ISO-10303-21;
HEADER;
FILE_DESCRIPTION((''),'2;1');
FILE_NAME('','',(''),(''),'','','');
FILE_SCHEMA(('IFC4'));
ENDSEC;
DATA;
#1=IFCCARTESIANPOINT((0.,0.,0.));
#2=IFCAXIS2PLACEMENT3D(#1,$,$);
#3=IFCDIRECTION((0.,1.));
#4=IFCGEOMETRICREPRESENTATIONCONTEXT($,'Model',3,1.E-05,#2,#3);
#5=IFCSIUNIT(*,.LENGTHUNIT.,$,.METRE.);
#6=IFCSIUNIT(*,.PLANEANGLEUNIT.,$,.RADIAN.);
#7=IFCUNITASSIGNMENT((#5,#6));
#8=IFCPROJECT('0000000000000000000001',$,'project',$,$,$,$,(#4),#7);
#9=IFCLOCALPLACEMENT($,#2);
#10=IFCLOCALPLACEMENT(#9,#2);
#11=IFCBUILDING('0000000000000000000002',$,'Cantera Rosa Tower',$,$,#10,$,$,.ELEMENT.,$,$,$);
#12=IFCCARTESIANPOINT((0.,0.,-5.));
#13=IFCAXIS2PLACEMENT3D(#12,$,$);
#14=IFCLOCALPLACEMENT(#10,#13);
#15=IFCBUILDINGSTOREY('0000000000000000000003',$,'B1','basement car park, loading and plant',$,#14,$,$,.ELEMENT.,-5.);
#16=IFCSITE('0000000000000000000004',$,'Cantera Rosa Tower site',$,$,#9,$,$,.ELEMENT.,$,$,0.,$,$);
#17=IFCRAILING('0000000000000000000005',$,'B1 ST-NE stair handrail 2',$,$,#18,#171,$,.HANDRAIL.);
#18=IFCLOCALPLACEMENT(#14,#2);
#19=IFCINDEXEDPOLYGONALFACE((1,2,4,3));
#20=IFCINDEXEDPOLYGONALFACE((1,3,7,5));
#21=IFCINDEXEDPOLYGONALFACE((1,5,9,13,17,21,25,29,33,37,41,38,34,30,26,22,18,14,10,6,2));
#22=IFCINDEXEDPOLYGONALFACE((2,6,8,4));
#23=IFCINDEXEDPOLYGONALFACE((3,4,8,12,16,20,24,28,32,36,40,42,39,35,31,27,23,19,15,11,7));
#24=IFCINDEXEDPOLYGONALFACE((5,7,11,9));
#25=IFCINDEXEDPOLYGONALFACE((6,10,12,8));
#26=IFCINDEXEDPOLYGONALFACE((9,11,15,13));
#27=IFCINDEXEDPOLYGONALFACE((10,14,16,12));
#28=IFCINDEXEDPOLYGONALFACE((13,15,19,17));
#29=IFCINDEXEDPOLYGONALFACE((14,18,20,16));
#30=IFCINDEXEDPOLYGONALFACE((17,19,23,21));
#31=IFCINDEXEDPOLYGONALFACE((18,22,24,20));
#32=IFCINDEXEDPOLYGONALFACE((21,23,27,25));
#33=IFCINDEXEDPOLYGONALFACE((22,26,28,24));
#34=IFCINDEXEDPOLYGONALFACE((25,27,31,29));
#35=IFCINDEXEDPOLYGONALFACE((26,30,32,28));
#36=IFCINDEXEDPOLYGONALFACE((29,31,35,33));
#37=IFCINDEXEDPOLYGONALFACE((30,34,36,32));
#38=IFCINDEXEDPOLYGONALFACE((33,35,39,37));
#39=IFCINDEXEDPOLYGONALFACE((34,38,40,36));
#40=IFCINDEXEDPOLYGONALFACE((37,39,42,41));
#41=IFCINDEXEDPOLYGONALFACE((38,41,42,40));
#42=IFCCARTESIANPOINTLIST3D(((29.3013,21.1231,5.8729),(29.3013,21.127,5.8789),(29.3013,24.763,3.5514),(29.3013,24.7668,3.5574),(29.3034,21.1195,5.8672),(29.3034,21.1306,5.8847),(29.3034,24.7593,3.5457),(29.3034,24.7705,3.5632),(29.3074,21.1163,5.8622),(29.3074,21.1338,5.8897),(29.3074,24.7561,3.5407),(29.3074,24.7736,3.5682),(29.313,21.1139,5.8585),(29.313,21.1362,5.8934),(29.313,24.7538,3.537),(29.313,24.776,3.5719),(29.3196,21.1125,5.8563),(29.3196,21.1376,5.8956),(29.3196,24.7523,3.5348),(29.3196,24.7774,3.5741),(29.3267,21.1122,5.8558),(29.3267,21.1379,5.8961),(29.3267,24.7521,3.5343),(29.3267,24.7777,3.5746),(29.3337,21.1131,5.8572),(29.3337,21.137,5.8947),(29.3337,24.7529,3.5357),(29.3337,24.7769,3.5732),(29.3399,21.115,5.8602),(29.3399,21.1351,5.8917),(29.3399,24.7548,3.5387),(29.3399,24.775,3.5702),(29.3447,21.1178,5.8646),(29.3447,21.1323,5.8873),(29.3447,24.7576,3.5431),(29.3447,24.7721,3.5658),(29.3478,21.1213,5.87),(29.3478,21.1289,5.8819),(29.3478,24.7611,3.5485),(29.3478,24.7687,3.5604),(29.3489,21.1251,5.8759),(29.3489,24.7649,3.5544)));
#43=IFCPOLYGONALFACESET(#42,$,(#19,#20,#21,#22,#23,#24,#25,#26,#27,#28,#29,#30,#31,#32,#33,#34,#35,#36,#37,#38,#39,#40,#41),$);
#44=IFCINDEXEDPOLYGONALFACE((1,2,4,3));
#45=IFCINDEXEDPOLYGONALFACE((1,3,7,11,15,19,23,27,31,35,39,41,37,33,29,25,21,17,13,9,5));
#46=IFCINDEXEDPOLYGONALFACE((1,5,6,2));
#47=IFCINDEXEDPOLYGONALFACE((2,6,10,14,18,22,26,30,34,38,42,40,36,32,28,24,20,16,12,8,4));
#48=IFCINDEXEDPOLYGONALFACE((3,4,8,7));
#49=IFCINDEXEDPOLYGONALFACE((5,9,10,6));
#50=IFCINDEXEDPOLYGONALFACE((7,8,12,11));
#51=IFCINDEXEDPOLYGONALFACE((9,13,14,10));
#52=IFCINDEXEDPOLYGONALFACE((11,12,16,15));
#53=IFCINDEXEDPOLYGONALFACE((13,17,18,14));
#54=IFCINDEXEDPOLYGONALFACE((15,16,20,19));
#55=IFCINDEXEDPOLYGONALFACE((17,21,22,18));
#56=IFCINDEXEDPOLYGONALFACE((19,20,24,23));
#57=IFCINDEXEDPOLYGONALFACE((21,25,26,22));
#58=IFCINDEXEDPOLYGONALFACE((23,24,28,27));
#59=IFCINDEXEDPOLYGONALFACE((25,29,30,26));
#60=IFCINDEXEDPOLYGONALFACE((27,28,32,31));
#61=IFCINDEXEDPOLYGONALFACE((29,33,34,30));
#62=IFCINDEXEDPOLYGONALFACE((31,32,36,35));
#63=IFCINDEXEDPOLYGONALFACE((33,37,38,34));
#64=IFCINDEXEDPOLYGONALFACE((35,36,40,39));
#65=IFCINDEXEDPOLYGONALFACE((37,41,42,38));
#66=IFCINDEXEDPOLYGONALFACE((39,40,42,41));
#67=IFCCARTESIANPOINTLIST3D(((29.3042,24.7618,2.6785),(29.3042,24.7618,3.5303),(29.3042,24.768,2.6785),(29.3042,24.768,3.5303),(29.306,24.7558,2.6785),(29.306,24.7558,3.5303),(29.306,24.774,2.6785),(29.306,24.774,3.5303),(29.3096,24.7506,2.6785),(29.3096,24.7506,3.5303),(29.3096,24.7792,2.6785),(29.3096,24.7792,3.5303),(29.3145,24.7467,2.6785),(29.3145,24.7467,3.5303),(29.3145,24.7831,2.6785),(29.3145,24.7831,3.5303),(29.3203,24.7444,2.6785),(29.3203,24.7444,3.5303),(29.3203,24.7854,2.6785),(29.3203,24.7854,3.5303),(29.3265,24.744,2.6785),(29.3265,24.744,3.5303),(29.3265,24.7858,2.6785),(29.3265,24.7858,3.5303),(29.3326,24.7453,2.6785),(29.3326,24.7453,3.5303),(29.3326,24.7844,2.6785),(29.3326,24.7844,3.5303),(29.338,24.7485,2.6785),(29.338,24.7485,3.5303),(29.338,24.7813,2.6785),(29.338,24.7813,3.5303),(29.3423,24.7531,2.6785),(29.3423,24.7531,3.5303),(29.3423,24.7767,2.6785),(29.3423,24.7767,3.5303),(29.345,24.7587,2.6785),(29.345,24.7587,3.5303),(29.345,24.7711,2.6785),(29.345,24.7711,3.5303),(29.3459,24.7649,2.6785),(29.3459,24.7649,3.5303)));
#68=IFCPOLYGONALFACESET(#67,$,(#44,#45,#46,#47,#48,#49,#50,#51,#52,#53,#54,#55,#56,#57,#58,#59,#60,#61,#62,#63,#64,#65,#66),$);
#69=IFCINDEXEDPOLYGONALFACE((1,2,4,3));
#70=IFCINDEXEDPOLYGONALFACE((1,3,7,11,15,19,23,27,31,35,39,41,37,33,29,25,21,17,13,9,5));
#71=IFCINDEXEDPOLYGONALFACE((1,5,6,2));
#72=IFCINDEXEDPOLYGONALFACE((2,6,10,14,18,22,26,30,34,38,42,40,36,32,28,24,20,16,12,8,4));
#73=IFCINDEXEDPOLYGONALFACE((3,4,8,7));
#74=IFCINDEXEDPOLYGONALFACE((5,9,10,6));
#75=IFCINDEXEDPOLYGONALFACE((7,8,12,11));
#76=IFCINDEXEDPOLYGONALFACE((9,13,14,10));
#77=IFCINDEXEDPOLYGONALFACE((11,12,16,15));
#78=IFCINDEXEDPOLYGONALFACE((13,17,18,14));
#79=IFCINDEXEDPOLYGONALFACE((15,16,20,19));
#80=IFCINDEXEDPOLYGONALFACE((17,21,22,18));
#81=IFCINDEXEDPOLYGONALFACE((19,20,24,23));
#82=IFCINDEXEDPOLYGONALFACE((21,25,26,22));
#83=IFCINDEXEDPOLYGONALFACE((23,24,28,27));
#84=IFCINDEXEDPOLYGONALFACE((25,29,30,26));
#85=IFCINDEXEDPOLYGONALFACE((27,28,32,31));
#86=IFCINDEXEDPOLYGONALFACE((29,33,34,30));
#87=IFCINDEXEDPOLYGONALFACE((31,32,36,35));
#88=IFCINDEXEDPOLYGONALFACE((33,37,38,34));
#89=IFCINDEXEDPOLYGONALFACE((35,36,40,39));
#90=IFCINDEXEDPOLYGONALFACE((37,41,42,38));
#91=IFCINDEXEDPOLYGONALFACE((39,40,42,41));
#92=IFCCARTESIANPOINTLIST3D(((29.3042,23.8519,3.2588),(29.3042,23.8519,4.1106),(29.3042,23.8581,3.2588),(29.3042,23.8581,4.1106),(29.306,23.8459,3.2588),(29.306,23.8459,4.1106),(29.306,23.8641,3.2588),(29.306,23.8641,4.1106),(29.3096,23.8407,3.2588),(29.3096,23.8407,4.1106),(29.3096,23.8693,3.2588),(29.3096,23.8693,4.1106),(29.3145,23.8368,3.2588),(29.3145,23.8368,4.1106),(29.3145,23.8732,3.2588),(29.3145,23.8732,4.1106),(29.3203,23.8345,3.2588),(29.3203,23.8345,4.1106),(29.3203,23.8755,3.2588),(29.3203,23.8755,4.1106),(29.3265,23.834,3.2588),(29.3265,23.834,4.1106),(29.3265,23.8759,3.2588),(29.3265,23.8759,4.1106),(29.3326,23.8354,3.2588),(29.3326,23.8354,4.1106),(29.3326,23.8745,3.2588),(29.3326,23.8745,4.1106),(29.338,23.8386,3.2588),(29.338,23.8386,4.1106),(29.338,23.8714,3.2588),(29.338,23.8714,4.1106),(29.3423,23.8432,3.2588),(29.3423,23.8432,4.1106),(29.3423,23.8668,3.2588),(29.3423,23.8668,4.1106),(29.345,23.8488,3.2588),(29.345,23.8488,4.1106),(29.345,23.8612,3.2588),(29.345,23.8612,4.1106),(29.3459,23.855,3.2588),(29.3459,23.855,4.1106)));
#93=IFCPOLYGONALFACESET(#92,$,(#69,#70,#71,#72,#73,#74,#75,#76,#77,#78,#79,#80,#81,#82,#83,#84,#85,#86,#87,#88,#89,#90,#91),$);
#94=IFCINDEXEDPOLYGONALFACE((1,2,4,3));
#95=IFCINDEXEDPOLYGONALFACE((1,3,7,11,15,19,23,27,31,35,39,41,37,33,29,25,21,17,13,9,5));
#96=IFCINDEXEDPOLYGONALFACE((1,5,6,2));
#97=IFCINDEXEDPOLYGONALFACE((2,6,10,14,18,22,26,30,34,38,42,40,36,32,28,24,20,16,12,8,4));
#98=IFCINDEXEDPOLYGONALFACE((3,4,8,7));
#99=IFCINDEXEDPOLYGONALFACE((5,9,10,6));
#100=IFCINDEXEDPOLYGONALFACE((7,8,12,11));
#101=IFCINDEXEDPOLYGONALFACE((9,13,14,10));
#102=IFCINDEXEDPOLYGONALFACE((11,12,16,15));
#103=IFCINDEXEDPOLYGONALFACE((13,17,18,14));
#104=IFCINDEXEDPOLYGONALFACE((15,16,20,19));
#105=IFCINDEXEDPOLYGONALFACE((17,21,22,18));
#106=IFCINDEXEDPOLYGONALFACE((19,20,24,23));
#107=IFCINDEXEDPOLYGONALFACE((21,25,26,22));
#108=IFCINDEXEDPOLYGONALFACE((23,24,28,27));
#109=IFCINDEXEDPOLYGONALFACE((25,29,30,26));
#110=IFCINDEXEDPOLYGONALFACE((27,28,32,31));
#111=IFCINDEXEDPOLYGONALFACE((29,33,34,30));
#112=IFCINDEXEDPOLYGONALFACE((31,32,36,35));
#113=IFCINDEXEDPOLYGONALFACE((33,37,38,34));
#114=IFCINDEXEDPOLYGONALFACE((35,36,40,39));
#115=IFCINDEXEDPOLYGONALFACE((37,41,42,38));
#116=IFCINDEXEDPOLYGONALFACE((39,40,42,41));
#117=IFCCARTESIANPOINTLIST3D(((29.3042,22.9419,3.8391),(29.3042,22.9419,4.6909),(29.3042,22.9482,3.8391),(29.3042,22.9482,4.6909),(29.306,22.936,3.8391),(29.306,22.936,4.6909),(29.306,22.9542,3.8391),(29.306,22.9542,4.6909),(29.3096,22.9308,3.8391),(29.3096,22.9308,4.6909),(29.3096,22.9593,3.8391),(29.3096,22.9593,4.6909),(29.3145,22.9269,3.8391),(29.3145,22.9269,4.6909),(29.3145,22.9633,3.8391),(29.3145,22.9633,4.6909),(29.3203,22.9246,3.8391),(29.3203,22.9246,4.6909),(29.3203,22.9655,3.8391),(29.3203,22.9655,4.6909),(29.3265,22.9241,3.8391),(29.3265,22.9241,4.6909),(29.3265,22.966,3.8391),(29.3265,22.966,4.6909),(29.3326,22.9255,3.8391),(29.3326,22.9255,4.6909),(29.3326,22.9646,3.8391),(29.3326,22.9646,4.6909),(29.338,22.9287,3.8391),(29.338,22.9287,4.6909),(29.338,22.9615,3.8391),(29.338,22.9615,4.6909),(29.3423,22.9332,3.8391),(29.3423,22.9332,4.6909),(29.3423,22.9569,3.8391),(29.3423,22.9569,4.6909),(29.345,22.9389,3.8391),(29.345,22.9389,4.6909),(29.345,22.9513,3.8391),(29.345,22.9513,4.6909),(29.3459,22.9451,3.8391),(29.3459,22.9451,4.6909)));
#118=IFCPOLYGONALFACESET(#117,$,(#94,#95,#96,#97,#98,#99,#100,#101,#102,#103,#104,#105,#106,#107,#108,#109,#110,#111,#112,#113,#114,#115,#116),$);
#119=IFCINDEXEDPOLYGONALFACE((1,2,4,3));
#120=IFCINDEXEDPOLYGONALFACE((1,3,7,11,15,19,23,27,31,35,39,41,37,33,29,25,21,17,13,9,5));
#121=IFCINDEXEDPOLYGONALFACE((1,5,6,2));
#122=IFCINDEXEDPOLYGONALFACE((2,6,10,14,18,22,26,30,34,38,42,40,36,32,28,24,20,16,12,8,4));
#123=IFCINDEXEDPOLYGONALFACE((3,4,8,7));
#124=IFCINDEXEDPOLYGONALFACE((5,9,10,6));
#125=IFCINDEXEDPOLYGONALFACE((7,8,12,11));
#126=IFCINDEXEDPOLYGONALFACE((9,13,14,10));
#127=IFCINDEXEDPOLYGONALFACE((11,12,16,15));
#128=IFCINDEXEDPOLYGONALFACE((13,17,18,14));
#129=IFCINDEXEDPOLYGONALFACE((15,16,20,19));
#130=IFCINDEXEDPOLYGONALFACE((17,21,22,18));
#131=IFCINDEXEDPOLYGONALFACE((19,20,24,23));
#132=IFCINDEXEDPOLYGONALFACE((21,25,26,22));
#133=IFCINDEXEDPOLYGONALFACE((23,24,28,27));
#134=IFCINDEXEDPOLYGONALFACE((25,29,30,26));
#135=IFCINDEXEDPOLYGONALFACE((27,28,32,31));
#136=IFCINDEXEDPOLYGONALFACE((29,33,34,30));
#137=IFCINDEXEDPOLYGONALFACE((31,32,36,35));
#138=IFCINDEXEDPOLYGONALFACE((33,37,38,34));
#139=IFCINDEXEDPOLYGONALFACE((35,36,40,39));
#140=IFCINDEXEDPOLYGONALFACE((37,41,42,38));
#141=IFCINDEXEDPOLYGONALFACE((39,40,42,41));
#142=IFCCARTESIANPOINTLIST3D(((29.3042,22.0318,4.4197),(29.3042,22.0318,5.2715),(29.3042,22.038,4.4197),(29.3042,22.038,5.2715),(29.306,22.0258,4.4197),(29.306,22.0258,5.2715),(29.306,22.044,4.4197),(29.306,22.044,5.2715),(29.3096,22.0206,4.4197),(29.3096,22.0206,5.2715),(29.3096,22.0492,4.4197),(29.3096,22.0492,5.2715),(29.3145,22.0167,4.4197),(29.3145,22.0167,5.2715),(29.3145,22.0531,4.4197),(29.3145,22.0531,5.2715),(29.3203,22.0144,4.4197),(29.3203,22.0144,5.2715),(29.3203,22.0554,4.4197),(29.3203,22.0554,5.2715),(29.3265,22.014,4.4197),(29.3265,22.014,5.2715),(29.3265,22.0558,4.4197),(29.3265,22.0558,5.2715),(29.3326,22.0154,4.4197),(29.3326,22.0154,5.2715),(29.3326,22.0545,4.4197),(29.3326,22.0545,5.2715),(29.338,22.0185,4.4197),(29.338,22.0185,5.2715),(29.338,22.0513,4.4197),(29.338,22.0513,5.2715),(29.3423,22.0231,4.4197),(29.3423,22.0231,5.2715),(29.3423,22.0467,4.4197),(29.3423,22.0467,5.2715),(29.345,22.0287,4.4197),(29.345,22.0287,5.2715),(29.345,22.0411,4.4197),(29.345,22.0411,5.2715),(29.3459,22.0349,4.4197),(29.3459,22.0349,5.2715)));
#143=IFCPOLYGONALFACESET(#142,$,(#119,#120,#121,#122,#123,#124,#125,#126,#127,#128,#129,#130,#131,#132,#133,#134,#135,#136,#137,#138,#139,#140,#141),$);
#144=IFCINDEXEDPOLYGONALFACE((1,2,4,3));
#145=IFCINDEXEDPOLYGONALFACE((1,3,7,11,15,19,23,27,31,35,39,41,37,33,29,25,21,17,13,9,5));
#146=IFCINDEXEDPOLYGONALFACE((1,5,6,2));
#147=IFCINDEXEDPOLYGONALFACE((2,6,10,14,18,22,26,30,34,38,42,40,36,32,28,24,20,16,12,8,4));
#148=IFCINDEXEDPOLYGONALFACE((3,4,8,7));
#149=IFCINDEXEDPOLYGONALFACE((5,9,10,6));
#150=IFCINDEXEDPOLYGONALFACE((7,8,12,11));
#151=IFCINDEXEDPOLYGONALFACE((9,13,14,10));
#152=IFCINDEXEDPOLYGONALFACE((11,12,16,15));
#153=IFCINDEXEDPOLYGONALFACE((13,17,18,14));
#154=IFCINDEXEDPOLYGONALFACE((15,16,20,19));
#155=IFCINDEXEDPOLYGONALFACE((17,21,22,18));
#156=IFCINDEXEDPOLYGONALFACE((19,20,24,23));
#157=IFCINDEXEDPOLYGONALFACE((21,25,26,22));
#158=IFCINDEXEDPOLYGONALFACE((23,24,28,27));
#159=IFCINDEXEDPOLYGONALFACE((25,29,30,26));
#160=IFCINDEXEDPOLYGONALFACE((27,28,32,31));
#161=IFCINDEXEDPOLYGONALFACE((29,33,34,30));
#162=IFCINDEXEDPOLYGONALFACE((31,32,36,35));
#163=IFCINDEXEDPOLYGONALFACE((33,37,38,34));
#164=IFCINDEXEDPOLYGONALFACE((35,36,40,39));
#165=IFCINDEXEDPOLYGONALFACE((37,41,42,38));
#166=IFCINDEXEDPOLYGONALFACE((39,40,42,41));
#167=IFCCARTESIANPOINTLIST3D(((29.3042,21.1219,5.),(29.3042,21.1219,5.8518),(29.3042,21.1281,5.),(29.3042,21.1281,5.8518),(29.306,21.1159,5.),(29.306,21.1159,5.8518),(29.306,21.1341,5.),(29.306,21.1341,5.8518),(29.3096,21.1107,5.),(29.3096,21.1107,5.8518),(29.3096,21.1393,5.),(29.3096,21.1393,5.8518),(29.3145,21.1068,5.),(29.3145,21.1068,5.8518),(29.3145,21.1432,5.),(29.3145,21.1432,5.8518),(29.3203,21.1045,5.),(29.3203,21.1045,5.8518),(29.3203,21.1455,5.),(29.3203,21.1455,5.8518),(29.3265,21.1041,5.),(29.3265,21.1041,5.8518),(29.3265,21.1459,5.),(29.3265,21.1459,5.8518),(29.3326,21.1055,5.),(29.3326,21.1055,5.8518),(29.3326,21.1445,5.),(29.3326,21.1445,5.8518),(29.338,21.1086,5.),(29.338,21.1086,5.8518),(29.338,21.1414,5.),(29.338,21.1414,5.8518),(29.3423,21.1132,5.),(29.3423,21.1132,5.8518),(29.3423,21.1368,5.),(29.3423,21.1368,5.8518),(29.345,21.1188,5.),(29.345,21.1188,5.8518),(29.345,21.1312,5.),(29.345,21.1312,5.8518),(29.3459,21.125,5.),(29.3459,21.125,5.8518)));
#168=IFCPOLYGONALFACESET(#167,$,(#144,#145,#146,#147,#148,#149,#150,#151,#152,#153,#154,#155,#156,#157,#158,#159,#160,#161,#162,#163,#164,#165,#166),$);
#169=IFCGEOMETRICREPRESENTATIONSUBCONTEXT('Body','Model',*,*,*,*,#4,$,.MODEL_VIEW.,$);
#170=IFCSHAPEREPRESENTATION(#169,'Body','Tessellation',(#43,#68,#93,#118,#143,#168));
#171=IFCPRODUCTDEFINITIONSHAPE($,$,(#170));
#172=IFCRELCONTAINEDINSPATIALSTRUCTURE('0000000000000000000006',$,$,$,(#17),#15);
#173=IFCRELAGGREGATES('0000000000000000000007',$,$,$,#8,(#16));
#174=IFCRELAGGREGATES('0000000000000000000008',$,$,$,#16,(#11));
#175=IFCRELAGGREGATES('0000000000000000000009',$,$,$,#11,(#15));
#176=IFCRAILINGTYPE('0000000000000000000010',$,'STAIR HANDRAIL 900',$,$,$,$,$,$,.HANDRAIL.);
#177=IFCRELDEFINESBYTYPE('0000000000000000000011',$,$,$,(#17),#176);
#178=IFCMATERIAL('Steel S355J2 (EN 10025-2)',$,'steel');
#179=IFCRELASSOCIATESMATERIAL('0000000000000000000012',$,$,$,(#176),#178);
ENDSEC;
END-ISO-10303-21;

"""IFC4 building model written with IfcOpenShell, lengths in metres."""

from ifc_helpers import new_model, si_unit, direction, frame, origin, origin_2d, place, context, subcontext, project, spatial, circle, extrude, material, type_object, element, save


model = new_model("IFC4")

# Units and contexts
model_context = context("Model", 3, precision=1e-05, world=origin(), true_north=direction((0.0, 1.0)))
body_context = subcontext(model_context, "Body", "Model", "MODEL_VIEW")
ifc_project = project(units=[si_unit("LENGTHUNIT", "METRE"), si_unit("PLANEANGLEUNIT", "RADIAN")], contexts=[model_context])

# Site, building, storey
site_placement = place(None, origin())
site = spatial("IfcSite", under=ifc_project, at=site_placement, Name="Cantera Rosa Tower site", CompositionType="ELEMENT", RefElevation=0.0)
building_placement = place(site_placement, origin())
building = spatial("IfcBuilding", under=site, at=building_placement, Name="Cantera Rosa Tower", CompositionType="ELEMENT")
storey_placement = place(building_placement, frame((0.0, 0.0, -5.0)))
storey = spatial("IfcBuildingStorey", under=building, at=storey_placement, Name="B1", Description="basement car park, loading and plant", CompositionType="ELEMENT", Elevation=-5.0)

# Railing
ifc_material_1 = material(Name="Steel S355J2 (EN 10025-2)", Category="steel")
railing_type_1 = type_object("IfcRailingType", Name="STAIR HANDRAIL 900", PredefinedType="HANDRAIL", material=ifc_material_1)
railing_1_placement = place(storey_placement, frame((29.325, 24.7649, 2.6785)))
element("IfcRailing", 1, at=railing_1_placement, inside=storey, type_object=railing_type_1, Name="B1 ST-NE stair handrail 2", PredefinedType="HANDRAIL", context=body_context, shape_type="SweptSolid", body=[
    extrude(circle(Radius=0.0239, at=origin_2d()), frame((0.0, 0.0, 0.876), z_axis=(0.0, -0.843112, 0.537739), x_axis=(1.0, 0.0, 0.0)), (0.0, 0.0, 1.0), 4.3171),
    extrude(circle(Radius=0.021, at=origin_2d()), origin(), (0.0, 0.0, 1.0), 0.8518),
    extrude(circle(Radius=0.021, at=origin_2d()), frame((0.0, -0.9099, 0.5803)), (0.0, 0.0, 1.0), 0.8518),
    extrude(circle(Radius=0.021, at=origin_2d()), frame((0.0, -1.8198, 1.1606)), (0.0, 0.0, 1.0), 0.8518),
    extrude(circle(Radius=0.021, at=origin_2d()), frame((0.0, -2.73, 1.7412)), (0.0, 0.0, 1.0), 0.8518),
    extrude(circle(Radius=0.021, at=origin_2d()), frame((0.0, -3.6399, 2.3215)), (0.0, 0.0, 1.0), 0.8518),
])

save(model, "model.ifc")
